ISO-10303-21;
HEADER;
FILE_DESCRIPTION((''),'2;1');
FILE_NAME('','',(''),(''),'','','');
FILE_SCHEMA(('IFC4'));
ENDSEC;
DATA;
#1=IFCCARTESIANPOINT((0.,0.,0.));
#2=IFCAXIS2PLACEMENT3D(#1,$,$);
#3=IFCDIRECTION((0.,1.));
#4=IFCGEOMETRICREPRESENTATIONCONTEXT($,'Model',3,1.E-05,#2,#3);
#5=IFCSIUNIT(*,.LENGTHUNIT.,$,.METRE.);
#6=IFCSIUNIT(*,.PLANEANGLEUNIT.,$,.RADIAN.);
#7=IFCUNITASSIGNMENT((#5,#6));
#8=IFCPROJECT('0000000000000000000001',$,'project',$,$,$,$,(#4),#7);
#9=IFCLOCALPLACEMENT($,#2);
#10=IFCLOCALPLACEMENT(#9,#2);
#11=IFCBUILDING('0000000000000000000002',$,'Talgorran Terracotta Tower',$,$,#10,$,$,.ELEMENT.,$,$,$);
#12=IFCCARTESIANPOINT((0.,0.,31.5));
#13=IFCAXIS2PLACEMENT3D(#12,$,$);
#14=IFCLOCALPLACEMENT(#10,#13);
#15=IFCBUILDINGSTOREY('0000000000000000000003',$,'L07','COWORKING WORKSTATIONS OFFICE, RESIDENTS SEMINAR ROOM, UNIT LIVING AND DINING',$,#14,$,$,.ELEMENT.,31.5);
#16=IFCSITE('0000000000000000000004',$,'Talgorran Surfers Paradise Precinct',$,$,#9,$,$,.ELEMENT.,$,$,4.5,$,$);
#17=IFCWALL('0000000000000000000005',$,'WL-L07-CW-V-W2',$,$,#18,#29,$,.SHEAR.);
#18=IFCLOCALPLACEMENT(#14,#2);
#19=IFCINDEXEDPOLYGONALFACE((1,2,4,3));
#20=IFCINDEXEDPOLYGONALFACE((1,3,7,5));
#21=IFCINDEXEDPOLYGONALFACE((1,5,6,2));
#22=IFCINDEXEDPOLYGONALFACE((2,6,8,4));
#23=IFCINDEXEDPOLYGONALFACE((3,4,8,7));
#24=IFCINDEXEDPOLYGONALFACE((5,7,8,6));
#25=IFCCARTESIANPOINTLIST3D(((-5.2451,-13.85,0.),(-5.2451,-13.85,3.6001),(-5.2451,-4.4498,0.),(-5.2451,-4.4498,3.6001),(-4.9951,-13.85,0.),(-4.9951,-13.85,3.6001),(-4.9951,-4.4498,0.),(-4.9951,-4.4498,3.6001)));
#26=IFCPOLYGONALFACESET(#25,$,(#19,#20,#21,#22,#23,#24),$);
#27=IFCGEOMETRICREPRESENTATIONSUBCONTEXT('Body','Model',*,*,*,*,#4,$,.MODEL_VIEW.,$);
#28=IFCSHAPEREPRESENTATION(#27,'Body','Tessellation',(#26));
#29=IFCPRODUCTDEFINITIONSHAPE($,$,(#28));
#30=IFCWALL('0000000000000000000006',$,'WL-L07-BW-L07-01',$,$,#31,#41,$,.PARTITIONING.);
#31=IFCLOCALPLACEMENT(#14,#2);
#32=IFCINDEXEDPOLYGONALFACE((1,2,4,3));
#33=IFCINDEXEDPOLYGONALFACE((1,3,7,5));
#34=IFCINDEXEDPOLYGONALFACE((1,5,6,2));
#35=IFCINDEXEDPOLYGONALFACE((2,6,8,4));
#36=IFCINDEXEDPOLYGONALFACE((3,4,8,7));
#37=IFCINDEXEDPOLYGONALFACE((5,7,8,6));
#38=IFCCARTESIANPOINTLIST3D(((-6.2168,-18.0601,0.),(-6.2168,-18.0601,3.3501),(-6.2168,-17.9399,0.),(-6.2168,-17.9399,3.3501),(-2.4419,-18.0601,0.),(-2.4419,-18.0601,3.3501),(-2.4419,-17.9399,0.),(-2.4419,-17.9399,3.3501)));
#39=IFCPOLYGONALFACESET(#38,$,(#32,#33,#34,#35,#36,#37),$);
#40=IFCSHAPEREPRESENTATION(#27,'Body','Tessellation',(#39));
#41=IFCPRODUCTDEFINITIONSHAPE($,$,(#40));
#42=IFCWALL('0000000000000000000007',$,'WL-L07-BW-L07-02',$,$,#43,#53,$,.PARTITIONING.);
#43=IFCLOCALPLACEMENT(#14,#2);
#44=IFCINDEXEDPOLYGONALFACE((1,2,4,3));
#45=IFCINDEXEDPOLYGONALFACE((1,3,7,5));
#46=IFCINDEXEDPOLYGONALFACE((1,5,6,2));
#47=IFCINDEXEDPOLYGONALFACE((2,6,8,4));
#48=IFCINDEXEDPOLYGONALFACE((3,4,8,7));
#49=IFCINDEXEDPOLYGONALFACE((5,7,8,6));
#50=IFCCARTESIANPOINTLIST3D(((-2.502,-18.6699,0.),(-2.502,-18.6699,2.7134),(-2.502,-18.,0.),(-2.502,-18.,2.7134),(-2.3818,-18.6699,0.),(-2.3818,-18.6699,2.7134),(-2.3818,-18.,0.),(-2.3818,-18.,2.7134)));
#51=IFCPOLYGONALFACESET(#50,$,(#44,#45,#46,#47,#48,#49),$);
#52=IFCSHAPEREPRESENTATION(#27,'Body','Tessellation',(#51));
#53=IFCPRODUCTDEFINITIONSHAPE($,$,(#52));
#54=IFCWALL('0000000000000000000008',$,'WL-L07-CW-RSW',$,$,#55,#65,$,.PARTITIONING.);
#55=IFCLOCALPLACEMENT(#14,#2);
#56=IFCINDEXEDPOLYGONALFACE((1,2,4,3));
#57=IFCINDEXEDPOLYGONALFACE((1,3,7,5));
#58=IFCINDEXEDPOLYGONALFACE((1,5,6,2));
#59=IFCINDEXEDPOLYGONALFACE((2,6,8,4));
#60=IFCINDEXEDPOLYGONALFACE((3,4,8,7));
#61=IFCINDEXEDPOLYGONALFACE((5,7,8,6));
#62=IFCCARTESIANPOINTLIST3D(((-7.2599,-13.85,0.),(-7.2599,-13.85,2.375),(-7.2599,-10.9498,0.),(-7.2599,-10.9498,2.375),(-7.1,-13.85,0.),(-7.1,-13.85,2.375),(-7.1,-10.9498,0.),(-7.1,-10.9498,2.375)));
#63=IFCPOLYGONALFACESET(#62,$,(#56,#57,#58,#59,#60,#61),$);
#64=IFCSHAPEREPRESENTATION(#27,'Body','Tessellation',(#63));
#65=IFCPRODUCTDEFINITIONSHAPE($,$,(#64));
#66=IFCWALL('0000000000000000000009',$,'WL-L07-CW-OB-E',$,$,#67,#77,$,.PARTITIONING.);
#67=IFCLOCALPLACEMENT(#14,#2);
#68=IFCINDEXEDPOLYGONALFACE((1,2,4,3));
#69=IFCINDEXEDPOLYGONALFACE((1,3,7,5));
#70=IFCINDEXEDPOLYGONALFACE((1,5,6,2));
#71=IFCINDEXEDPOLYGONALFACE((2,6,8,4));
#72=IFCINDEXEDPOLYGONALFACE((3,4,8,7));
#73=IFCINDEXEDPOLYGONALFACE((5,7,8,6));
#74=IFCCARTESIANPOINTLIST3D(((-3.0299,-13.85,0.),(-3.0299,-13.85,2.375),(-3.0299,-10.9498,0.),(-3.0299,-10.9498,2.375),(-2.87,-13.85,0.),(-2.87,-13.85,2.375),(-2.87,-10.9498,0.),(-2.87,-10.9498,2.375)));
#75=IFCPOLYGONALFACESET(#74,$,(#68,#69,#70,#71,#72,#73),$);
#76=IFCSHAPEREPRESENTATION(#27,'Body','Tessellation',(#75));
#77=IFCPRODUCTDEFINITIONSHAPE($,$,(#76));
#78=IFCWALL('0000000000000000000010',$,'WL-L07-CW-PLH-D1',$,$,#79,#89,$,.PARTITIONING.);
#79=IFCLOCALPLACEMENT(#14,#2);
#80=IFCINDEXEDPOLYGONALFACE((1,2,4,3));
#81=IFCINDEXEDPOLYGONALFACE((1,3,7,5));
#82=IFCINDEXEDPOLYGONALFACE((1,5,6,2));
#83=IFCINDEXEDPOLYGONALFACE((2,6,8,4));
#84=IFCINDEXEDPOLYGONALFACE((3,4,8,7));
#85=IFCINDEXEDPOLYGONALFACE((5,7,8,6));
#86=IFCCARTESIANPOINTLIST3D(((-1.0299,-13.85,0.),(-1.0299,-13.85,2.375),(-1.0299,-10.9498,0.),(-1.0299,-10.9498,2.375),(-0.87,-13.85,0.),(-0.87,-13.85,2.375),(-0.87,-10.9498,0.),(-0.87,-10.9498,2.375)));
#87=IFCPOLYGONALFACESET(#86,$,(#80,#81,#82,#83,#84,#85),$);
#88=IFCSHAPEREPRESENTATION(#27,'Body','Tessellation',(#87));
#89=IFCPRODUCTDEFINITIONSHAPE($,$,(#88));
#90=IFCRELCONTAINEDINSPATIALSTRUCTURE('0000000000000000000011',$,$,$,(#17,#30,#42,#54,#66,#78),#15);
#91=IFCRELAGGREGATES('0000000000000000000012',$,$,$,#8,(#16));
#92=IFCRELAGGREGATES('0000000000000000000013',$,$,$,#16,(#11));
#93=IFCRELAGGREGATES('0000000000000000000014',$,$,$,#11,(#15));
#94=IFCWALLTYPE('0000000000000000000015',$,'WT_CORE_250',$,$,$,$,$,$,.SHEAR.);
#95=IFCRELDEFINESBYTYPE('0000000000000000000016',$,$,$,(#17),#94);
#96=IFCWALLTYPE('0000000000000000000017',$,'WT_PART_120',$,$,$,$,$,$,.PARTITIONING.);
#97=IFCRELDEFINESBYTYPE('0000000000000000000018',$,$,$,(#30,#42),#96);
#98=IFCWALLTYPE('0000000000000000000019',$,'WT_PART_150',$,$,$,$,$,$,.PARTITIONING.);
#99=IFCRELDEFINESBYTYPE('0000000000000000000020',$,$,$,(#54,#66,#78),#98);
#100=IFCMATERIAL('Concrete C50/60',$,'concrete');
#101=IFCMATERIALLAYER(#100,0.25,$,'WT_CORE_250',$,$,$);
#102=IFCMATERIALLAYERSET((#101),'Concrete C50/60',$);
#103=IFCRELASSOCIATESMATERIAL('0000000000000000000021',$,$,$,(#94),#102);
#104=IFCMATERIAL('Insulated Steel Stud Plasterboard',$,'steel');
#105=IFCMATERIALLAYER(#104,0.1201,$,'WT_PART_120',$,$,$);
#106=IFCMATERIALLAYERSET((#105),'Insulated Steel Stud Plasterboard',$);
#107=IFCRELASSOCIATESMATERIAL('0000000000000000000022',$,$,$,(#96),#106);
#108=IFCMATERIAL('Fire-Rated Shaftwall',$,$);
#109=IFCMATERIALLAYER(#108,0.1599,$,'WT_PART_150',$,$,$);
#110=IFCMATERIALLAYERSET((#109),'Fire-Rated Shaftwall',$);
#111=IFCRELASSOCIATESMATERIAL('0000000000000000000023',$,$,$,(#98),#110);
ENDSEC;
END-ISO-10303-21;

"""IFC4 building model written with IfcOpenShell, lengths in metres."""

from ifc_helpers import new_model, si_unit, direction, frame, frame_2d, origin, place, context, subcontext, project, spatial, rectangle, extrude, material, layer, layer_set, type_object, element, save


model = new_model("IFC4")

# Units and contexts
model_context = context("Model", 3, precision=1e-05, world=origin(), true_north=direction((0.0, 1.0)))
body_context = subcontext(model_context, "Body", "Model", "MODEL_VIEW")
ifc_project = project(units=[si_unit("LENGTHUNIT", "METRE"), si_unit("PLANEANGLEUNIT", "RADIAN")], contexts=[model_context])

# Site, building, storey
site_placement = place(None, origin())
site = spatial("IfcSite", under=ifc_project, at=site_placement, Name="Talgorran Surfers Paradise Precinct", CompositionType="ELEMENT", RefElevation=4.5)
building_placement = place(site_placement, origin())
building = spatial("IfcBuilding", under=site, at=building_placement, Name="Talgorran Terracotta Tower", CompositionType="ELEMENT")
storey_placement = place(building_placement, frame((0.0, 0.0, 31.5)))
storey = spatial("IfcBuildingStorey", under=building, at=storey_placement, Name="L07", Description="COWORKING WORKSTATIONS OFFICE, RESIDENTS SEMINAR ROOM, UNIT LIVING AND DINING", CompositionType="ELEMENT", Elevation=31.5)

# Shared definitions
ifc_material_1 = material(Name="Concrete C50/60", Category="concrete")
ifc_layer_1 = layer(ifc_material_1, 0.25, Name="WT_CORE_250")
ifc_layer_set_1 = layer_set([ifc_layer_1], Name="Concrete C50/60")
wall_type_1 = type_object("IfcWallType", Name="WT_CORE_250", PredefinedType="SHEAR", material=ifc_layer_set_1)

# Walls
wall_1_placement = place(storey_placement, frame((-5.1201, -13.8501, 0.0), z_axis=(0.0, 0.0, 1.0), x_axis=(0.0, 1.0, 0.0)))
element("IfcWall", 1, at=wall_1_placement, inside=storey, type_object=wall_type_1, Name="WL-L07-CW-V-W2", PredefinedType="SHEAR", context=body_context, shape_type="SweptSolid", body=[
    extrude(rectangle(XDim=9.4001, YDim=0.25, at=frame_2d((4.7002, 0.0))), origin(), (0.0, 0.0, 1.0), 3.6001),
])
ifc_material_2 = material(Name="Insulated Steel Stud Plasterboard", Category="steel")
ifc_layer_2 = layer(ifc_material_2, 0.1201, Name="WT_PART_120")
ifc_layer_set_2 = layer_set([ifc_layer_2], Name="Insulated Steel Stud Plasterboard")
wall_type_2 = type_object("IfcWallType", Name="WT_PART_120", PredefinedType="PARTITIONING", material=ifc_layer_set_2)
wall_2_placement = place(storey_placement, frame((-6.2168, -18.0, 0.0), z_axis=(0.0, 0.0, 1.0), x_axis=(1.0, 0.0, 0.0)))
element("IfcWall", 2, at=wall_2_placement, inside=storey, type_object=wall_type_2, Name="WL-L07-BW-L07-01", PredefinedType="PARTITIONING", context=body_context, shape_type="SweptSolid", body=[
    extrude(rectangle(XDim=3.7749, YDim=0.1201, at=frame_2d((1.8875, 0.0))), origin(), (0.0, 0.0, 1.0), 3.3501),
])
wall_3_placement = place(storey_placement, frame((-2.4419, -18.0, 0.0), z_axis=(0.0, 0.0, 1.0), x_axis=(0.0, -1.0, 0.0)))
element("IfcWall", 3, at=wall_3_placement, inside=storey, type_object=wall_type_2, Name="WL-L07-BW-L07-02", PredefinedType="PARTITIONING", context=body_context, shape_type="SweptSolid", body=[
    extrude(rectangle(XDim=0.6699, YDim=0.1201, at=frame_2d((0.335, 0.0))), origin(), (0.0, 0.0, 1.0), 2.7134),
])
ifc_material_3 = material(Name="Fire-Rated Shaftwall")
ifc_layer_3 = layer(ifc_material_3, 0.1599, Name="WT_PART_150")
ifc_layer_set_3 = layer_set([ifc_layer_3], Name="Fire-Rated Shaftwall")
wall_type_3 = type_object("IfcWallType", Name="WT_PART_150", PredefinedType="PARTITIONING", material=ifc_layer_set_3)
for number, where, z_axis, x_axis, name in (
    (4, (-7.1799, -13.8501, 0.0), (0.0, 0.0, 1.0), (0.0, 1.0, 0.0), "WL-L07-CW-RSW"),
    (5, (-2.95, -13.8501, 0.0), (0.0, 0.0, 1.0), (0.0, 1.0, 0.0), "WL-L07-CW-OB-E"),
    (6, (-0.95, -13.8501, 0.0), (0.0, 0.0, 1.0), (0.0, 1.0, 0.0), "WL-L07-CW-PLH-D1"),
):
    element("IfcWall", number, at=place(storey_placement, frame(where, z_axis=z_axis, x_axis=x_axis)), inside=storey, type_object=wall_type_3, Name=name, PredefinedType="PARTITIONING", context=body_context, shape_type="SweptSolid", body=[
        extrude(rectangle(XDim=2.9001, YDim=0.1599, at=frame_2d((1.4502, 0.0))), origin(), (0.0, 0.0, 1.0), 2.375),
    ])

save(model, "model.ifc")
